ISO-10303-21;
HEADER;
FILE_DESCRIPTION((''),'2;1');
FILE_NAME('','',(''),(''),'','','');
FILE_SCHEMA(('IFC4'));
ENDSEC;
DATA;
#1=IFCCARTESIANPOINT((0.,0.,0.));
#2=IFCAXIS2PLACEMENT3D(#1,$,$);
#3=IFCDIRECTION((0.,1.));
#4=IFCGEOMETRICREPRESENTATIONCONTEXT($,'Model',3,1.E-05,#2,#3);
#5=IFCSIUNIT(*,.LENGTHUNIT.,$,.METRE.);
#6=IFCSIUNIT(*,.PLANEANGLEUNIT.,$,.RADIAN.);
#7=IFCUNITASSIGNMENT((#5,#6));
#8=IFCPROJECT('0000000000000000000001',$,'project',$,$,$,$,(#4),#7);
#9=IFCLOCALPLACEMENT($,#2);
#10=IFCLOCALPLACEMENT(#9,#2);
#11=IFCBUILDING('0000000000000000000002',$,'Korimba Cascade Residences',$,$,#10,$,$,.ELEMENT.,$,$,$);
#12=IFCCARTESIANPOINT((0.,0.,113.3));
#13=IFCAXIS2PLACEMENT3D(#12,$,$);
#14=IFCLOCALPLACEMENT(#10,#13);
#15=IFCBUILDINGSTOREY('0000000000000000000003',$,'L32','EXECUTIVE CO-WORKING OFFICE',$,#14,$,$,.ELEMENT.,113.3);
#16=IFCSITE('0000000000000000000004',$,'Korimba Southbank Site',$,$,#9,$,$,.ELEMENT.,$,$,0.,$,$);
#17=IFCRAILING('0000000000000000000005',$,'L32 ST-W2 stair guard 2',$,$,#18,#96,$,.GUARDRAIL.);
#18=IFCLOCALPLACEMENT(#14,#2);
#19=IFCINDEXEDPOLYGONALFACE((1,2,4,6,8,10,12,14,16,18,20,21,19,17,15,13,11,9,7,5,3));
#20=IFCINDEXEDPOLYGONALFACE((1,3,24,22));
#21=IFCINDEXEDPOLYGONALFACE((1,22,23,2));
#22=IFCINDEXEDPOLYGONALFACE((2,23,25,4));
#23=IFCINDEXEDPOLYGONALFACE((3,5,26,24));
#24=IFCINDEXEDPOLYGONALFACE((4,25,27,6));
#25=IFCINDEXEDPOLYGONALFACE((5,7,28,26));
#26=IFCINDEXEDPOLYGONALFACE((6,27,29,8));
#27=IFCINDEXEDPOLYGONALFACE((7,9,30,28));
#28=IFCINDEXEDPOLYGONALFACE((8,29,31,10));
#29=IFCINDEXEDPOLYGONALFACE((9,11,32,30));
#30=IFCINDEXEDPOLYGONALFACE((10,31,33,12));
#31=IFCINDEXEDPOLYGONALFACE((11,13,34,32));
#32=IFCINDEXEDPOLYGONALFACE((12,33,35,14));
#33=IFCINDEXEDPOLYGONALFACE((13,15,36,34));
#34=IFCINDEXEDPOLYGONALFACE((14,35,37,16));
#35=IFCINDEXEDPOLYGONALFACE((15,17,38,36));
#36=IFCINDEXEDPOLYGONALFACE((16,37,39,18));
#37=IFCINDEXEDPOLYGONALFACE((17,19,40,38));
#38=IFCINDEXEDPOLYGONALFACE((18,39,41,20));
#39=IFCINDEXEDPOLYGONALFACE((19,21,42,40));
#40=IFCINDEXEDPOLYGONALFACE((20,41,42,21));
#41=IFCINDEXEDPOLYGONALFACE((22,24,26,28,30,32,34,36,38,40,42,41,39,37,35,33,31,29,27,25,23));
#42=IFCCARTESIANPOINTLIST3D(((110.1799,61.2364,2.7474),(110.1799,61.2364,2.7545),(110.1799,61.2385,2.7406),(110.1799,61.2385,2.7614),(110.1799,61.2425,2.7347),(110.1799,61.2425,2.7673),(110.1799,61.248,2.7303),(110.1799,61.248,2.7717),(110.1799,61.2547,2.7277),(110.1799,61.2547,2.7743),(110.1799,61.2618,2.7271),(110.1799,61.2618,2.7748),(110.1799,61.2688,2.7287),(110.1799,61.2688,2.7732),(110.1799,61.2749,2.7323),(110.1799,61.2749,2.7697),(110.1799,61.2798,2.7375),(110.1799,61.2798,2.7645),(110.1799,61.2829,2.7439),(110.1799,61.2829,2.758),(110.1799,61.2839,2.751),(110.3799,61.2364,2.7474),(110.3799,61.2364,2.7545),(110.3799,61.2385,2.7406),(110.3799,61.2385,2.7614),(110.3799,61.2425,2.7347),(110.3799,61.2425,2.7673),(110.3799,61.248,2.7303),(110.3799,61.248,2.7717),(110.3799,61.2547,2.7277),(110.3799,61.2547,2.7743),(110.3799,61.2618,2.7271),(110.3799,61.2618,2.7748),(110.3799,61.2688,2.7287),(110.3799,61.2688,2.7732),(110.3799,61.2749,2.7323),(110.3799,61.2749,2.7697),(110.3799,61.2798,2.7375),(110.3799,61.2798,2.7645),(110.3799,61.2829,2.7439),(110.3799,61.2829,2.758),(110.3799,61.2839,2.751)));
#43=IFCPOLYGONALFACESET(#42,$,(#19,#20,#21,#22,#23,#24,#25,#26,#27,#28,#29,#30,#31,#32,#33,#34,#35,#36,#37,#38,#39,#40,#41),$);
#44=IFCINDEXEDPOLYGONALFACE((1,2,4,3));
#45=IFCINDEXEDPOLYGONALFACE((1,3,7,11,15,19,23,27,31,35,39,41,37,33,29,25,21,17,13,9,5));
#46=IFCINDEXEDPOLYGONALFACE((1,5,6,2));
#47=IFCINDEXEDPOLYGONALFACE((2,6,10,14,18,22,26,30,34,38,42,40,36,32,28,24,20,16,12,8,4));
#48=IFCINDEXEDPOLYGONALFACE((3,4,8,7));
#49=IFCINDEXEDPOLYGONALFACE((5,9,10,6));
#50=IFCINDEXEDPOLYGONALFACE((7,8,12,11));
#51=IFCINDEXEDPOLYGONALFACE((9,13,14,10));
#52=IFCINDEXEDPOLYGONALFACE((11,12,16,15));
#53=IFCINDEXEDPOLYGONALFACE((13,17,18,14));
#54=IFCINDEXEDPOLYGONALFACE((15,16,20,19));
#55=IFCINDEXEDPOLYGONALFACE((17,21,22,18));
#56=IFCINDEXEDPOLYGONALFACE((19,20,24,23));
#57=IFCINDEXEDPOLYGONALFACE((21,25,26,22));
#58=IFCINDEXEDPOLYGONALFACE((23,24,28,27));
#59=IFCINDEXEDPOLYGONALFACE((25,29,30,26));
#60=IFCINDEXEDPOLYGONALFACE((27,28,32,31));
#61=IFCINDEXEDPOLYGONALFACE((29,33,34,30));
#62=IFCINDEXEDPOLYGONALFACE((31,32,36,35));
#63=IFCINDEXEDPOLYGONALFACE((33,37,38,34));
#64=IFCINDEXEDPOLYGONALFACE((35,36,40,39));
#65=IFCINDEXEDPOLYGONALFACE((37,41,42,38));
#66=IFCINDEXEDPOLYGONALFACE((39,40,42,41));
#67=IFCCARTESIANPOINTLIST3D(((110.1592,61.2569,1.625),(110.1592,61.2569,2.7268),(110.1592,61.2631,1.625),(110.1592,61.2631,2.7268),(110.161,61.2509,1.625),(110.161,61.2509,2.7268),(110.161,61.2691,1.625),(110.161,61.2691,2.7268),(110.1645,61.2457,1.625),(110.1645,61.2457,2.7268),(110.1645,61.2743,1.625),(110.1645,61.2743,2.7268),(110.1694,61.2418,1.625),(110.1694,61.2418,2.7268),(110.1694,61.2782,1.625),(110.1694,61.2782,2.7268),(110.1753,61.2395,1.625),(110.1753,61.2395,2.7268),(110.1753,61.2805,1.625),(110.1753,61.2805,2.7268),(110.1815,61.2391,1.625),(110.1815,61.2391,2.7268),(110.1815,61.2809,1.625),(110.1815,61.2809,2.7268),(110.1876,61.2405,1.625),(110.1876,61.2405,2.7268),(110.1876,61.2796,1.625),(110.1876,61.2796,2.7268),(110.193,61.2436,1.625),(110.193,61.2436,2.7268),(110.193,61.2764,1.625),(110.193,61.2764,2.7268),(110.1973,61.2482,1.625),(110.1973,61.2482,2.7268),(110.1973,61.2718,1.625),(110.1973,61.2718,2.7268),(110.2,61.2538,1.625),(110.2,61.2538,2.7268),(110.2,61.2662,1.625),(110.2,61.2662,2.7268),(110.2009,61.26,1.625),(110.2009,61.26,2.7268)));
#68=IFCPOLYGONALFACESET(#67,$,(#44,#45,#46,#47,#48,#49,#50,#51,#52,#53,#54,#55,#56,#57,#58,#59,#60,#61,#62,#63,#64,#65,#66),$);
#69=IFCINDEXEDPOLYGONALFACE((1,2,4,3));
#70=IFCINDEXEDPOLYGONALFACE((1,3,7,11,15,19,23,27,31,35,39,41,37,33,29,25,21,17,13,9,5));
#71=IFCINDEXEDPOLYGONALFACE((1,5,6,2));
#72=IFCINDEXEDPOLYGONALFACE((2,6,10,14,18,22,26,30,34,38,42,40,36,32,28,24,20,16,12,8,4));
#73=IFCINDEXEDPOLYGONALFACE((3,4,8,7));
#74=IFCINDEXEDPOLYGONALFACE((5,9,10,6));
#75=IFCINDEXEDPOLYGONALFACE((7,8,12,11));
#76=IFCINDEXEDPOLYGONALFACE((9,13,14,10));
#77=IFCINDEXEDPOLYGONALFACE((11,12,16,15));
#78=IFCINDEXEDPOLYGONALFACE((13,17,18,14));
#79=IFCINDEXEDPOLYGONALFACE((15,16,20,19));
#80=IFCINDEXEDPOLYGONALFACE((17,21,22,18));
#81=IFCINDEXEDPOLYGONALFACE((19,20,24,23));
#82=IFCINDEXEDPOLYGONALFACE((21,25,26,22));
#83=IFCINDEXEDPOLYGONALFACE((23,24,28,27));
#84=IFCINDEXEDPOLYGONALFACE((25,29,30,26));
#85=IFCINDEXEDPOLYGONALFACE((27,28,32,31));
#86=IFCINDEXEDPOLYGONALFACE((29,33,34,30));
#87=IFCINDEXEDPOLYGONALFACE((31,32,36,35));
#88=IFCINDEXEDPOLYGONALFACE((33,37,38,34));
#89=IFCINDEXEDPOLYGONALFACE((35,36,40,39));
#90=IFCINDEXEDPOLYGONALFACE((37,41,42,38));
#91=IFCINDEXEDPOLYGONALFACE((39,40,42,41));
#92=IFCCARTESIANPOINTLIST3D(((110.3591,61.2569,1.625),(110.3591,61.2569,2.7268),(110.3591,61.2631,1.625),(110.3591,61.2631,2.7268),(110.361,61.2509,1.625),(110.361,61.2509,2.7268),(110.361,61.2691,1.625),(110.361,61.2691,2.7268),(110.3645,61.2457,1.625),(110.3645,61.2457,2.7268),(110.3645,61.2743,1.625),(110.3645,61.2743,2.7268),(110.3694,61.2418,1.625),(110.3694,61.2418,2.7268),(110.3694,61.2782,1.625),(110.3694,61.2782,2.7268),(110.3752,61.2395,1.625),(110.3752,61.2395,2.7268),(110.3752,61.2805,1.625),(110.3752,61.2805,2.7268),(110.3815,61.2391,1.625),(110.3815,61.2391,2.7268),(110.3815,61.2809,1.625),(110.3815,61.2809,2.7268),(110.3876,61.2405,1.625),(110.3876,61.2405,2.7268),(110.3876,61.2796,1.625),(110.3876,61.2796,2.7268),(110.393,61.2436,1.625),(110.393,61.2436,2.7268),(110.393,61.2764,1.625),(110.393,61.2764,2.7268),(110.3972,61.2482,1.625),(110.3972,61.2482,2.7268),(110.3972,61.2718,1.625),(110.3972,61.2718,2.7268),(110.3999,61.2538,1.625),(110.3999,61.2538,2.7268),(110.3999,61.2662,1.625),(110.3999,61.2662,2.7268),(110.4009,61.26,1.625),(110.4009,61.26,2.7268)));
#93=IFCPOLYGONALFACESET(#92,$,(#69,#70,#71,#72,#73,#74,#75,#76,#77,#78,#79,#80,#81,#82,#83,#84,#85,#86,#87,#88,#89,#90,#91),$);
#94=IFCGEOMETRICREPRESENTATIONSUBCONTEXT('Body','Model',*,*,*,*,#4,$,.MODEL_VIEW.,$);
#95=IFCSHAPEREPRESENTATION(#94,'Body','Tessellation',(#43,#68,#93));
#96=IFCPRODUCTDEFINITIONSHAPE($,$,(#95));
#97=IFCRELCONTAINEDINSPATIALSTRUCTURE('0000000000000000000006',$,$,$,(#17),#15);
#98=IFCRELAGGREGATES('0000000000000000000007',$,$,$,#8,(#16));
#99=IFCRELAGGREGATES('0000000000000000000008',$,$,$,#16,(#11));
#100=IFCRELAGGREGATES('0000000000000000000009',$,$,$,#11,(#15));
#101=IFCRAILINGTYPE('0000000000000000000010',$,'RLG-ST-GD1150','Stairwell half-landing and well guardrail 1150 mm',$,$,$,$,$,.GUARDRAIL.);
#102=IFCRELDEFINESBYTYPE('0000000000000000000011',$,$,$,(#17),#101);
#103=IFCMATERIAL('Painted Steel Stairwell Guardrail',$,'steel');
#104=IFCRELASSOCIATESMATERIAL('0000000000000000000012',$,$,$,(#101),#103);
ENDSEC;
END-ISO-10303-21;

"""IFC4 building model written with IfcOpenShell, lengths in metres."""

from ifc_helpers import new_model, si_unit, direction, frame, origin, origin_2d, place, context, subcontext, project, spatial, circle, extrude, material, type_object, element, save


model = new_model("IFC4")

# Units and contexts
model_context = context("Model", 3, precision=1e-05, world=origin(), true_north=direction((0.0, 1.0)))
body_context = subcontext(model_context, "Body", "Model", "MODEL_VIEW")
ifc_project = project(units=[si_unit("LENGTHUNIT", "METRE"), si_unit("PLANEANGLEUNIT", "RADIAN")], contexts=[model_context])

# Site, building, storey
site_placement = place(None, origin())
site = spatial("IfcSite", under=ifc_project, at=site_placement, Name="Korimba Southbank Site", CompositionType="ELEMENT", RefElevation=0.0)
building_placement = place(site_placement, origin())
building = spatial("IfcBuilding", under=site, at=building_placement, Name="Korimba Cascade Residences", CompositionType="ELEMENT")
storey_placement = place(building_placement, frame((0.0, 0.0, 113.3)))
storey = spatial("IfcBuildingStorey", under=building, at=storey_placement, Name="L32", Description="EXECUTIVE CO-WORKING OFFICE", CompositionType="ELEMENT", Elevation=113.3)

# Railing
ifc_material_1 = material(Name="Painted Steel Stairwell Guardrail", Category="steel")
railing_type_1 = type_object("IfcRailingType", Name="RLG-ST-GD1150", Description="Stairwell half-landing and well guardrail 1150 mm", PredefinedType="GUARDRAIL", material=ifc_material_1)
railing_1_placement = place(storey_placement, frame((110.1799, 61.26, 1.625)))
element("IfcRailing", 1, at=railing_1_placement, inside=storey, type_object=railing_type_1, Name="L32 ST-W2 stair guard 2", PredefinedType="GUARDRAIL", context=body_context, shape_type="SweptSolid", body=[
    extrude(circle(Radius=0.0239, at=origin_2d()), frame((0.0, 0.0, 1.126), z_axis=(1.0, 0.0, 0.0), x_axis=(0.0, 1.0, 0.0)), (0.0, 0.0, 1.0), 0.2),
    extrude(circle(Radius=0.021, at=origin_2d()), origin(), (0.0, 0.0, 1.0), 1.1018),
    extrude(circle(Radius=0.021, at=origin_2d()), frame((0.2, 0.0, 0.0)), (0.0, 0.0, 1.0), 1.1018),
])

save(model, "model.ifc")
